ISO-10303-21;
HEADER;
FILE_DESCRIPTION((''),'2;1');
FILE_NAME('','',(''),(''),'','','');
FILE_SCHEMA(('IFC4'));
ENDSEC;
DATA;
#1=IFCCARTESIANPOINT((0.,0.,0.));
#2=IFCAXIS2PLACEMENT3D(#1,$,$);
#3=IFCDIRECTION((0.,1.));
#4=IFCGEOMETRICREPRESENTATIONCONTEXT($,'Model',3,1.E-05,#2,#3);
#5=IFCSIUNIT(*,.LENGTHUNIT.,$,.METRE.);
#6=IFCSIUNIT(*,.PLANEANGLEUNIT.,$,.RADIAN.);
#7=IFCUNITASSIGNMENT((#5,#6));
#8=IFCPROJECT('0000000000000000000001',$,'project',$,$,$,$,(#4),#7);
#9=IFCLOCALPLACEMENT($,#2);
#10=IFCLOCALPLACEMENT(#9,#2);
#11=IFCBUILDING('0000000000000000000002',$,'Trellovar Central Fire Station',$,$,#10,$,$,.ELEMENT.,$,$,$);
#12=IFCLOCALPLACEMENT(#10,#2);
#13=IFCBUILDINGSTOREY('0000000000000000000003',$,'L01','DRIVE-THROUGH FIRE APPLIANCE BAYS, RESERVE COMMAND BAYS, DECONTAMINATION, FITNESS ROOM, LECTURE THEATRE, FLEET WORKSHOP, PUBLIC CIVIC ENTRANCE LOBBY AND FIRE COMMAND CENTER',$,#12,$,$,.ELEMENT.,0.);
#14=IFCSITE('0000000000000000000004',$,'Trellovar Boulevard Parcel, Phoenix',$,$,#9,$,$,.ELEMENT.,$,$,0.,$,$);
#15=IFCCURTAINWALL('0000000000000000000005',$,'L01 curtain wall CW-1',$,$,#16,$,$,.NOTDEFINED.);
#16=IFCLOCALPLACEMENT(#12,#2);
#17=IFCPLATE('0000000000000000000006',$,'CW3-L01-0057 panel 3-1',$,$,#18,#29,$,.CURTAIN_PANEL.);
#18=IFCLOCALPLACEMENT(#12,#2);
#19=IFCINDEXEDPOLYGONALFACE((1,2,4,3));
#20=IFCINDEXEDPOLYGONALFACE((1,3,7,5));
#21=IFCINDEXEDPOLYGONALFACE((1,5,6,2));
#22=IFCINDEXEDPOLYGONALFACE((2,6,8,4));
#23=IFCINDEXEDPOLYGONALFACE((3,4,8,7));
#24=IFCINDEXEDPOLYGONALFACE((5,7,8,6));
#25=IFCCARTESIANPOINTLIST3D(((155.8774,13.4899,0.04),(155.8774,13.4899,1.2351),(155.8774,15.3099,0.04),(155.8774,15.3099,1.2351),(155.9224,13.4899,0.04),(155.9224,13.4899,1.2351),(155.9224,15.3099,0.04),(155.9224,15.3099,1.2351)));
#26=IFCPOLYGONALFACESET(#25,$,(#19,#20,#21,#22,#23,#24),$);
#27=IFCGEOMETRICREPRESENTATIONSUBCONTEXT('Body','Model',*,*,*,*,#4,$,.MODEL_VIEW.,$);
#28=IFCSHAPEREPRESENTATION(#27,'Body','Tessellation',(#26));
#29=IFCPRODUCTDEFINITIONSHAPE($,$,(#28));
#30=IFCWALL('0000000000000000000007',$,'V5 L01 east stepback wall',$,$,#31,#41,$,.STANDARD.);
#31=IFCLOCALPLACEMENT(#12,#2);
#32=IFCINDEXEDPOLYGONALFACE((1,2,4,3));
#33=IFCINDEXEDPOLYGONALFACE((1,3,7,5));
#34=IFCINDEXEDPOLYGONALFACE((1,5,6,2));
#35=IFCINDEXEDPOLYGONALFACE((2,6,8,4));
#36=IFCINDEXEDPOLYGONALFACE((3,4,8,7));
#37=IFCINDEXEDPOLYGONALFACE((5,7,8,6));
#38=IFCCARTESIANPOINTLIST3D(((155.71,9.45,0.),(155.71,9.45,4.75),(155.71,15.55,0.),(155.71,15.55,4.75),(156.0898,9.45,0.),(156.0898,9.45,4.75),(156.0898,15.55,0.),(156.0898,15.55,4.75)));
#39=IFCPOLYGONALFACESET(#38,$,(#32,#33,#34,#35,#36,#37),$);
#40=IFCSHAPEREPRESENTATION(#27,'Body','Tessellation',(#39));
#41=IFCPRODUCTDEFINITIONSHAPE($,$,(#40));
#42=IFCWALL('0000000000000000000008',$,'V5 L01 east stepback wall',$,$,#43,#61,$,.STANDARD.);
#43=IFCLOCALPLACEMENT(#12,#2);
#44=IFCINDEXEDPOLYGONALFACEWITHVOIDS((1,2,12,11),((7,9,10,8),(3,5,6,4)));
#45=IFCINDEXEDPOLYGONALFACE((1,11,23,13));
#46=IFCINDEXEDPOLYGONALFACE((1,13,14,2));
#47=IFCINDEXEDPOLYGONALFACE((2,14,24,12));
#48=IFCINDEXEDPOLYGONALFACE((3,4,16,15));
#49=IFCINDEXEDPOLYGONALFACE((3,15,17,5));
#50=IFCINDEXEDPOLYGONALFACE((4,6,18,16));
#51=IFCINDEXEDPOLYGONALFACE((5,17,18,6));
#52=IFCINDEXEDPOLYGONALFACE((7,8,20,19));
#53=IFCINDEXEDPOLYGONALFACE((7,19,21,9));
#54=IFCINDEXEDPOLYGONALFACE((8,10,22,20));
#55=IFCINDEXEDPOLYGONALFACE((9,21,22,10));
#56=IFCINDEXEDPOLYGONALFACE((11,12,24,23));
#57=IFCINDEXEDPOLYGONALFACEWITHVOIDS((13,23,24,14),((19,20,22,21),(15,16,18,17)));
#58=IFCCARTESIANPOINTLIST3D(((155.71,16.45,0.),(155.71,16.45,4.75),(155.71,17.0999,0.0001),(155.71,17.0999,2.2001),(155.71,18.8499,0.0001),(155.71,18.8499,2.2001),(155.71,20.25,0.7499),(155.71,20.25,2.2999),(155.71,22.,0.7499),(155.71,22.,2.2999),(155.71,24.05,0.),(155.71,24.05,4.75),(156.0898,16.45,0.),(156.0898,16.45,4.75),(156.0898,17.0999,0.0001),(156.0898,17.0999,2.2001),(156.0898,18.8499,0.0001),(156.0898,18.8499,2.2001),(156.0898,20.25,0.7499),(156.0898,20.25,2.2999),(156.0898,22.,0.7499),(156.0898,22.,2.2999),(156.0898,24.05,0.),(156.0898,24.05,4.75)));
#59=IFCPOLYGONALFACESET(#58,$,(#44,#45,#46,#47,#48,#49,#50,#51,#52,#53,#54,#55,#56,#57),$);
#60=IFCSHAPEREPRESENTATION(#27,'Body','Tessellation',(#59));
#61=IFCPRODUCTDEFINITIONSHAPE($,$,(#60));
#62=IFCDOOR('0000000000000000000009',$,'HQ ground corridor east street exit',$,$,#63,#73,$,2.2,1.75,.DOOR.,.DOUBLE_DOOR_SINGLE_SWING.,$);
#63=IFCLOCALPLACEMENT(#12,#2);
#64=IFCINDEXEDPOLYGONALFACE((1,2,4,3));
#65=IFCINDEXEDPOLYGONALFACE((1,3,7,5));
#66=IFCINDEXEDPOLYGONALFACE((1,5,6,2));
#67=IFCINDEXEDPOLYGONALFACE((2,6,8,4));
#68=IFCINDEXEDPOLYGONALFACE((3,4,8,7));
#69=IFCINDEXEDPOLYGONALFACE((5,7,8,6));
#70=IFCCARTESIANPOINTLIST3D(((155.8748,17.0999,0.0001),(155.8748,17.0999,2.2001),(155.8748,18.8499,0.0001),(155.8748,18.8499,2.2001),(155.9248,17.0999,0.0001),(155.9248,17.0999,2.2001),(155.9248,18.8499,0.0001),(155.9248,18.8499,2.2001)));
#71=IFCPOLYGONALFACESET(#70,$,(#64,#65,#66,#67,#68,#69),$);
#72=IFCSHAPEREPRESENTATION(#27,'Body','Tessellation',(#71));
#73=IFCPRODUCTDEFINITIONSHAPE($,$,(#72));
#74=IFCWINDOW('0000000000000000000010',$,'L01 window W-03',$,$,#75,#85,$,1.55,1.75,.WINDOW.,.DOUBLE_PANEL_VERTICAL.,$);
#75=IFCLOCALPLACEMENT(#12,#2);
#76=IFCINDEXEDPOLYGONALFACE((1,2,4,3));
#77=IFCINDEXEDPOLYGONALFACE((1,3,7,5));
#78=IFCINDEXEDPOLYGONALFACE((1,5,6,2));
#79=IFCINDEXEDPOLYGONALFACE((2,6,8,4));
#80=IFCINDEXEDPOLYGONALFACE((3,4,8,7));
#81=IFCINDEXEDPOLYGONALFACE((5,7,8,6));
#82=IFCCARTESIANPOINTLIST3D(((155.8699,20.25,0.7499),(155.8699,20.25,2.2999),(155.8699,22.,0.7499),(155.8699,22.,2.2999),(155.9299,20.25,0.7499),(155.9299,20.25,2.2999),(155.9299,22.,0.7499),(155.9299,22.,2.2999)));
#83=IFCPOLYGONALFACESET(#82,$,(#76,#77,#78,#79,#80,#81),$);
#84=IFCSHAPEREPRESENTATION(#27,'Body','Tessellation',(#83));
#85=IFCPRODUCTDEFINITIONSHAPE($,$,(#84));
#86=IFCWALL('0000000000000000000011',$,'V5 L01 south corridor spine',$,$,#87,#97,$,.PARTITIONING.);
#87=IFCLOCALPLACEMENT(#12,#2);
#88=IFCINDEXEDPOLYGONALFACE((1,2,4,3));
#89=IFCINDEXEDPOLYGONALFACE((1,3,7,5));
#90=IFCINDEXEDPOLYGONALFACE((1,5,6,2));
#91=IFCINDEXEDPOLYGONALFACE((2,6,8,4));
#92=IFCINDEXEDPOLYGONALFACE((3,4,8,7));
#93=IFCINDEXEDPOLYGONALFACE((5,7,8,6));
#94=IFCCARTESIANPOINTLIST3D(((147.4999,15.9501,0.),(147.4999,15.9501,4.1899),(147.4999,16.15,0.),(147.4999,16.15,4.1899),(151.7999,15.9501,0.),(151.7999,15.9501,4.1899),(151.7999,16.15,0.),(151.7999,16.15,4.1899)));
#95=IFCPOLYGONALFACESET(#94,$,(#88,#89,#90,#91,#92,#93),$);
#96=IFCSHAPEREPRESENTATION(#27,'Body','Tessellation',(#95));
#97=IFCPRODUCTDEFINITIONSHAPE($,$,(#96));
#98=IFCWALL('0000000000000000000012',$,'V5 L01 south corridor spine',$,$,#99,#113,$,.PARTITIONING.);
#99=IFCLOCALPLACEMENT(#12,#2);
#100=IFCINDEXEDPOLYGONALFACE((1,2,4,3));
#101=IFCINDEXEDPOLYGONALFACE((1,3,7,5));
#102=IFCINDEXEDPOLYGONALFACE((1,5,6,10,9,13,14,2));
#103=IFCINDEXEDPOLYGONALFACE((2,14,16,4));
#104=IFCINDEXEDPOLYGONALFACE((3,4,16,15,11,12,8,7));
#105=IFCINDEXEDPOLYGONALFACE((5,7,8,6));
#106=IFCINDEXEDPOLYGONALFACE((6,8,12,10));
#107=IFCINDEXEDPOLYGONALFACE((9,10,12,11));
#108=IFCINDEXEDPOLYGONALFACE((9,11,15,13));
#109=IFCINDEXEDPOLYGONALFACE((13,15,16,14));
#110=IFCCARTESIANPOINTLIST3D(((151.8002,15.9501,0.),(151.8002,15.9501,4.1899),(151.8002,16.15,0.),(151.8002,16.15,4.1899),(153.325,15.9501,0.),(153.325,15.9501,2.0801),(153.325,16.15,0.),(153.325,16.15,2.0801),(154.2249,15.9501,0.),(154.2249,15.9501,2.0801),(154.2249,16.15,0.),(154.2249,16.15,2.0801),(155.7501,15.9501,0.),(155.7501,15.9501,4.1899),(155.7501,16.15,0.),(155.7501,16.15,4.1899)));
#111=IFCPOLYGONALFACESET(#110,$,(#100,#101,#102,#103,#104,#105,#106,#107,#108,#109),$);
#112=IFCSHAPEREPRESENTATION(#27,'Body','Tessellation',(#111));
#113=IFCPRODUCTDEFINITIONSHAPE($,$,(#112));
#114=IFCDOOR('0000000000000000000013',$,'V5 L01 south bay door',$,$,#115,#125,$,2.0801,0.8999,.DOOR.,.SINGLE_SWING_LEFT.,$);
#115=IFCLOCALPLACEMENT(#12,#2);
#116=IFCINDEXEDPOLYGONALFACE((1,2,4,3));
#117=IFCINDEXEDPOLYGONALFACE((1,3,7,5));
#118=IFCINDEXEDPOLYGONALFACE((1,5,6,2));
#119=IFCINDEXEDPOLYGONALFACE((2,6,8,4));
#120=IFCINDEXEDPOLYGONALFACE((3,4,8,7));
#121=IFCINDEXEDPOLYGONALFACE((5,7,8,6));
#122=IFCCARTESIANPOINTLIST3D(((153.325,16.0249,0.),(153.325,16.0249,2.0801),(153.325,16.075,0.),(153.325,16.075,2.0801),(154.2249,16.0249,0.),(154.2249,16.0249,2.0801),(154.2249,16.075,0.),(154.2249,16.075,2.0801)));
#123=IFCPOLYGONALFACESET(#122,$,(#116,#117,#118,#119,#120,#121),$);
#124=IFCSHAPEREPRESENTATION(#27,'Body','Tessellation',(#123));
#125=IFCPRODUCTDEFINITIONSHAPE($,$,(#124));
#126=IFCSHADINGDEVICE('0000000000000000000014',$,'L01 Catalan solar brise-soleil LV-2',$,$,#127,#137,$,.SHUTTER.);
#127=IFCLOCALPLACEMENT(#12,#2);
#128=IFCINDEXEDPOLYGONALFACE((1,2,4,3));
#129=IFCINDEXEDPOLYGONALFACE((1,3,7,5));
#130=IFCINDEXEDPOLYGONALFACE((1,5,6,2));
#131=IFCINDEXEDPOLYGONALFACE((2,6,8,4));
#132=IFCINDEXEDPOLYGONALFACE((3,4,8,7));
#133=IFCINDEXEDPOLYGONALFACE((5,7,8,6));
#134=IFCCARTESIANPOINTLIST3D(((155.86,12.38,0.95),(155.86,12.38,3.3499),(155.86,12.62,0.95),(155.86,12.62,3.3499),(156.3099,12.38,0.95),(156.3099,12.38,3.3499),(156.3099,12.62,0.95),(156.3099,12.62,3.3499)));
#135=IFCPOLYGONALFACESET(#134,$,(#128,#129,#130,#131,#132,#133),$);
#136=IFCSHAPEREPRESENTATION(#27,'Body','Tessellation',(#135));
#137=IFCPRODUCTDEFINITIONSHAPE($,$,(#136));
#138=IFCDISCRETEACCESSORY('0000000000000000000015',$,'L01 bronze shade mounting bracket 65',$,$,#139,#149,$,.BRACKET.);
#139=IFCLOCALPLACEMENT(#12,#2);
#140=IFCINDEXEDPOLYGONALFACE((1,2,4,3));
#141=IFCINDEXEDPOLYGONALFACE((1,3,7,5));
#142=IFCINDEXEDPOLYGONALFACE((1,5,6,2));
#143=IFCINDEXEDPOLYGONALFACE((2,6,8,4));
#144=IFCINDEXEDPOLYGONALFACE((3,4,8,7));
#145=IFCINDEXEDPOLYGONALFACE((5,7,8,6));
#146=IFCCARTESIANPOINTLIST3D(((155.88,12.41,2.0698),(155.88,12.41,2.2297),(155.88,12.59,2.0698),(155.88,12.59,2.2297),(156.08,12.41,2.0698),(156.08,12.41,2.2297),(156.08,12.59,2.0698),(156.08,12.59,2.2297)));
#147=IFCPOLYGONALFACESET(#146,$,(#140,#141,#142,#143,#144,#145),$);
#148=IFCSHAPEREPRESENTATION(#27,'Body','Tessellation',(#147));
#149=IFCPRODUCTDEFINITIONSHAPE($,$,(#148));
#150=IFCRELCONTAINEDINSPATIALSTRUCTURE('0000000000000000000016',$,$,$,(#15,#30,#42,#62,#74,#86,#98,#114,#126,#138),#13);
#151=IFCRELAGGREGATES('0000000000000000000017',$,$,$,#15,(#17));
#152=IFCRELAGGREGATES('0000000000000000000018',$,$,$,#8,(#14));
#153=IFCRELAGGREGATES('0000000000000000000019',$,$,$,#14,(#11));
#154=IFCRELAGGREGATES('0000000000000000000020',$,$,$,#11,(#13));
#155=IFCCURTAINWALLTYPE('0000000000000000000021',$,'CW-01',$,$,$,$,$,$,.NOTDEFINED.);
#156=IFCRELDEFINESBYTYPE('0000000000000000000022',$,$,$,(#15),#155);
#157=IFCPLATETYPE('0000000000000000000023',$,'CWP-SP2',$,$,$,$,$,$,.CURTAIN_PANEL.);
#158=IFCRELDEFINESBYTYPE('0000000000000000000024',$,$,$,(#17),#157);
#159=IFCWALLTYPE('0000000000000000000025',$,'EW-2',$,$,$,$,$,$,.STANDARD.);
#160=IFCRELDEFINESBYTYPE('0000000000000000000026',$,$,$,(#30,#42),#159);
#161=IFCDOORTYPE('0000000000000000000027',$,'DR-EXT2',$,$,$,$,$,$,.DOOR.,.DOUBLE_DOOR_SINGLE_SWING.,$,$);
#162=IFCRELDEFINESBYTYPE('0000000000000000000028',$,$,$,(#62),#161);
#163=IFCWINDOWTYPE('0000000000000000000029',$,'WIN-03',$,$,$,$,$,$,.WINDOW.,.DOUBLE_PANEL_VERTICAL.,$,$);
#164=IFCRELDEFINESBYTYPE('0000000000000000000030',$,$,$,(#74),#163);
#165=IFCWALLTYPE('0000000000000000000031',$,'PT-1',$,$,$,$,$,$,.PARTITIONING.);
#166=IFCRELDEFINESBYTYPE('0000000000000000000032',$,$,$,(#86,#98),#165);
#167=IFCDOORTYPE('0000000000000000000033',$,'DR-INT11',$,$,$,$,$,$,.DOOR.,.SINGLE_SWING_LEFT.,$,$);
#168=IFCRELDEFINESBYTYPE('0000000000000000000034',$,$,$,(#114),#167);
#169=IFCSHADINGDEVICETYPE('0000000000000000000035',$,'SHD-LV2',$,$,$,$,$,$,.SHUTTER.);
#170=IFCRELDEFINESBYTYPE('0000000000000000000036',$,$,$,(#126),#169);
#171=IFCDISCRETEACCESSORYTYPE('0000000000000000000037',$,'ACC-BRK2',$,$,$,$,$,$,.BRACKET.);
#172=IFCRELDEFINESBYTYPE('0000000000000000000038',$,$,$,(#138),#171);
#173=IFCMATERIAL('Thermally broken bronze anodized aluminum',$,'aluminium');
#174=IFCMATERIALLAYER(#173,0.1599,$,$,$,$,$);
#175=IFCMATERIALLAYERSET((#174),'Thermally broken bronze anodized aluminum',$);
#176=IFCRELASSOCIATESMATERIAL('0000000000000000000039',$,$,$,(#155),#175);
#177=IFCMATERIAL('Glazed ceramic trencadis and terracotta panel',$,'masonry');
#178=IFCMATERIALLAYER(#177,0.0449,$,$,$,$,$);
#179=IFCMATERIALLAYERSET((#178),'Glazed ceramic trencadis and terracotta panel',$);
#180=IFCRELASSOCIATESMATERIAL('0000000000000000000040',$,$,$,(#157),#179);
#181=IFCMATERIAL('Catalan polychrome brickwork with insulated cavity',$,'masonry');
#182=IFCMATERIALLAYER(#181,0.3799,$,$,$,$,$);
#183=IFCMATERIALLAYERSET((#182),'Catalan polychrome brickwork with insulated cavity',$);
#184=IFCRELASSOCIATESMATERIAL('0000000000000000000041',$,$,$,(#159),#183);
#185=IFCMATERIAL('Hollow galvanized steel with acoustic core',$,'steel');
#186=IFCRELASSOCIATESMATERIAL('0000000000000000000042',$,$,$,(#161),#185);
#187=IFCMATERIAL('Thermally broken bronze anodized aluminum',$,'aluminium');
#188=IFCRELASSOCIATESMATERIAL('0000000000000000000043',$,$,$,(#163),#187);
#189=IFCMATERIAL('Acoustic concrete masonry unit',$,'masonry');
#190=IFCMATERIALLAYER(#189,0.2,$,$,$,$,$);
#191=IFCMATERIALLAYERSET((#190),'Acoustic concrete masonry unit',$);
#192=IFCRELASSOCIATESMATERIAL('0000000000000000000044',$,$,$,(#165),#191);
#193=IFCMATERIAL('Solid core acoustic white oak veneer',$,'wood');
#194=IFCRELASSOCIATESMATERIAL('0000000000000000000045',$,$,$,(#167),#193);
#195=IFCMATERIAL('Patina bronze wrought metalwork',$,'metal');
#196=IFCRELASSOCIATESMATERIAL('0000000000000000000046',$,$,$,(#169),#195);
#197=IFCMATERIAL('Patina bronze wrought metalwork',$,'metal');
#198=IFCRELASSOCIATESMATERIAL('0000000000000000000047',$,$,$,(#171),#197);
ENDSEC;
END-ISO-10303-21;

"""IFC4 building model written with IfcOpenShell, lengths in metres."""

from ifc_helpers import new_model, si_unit, direction, frame, frame_2d, origin, origin_2d, place, context, subcontext, project, spatial, rectangle, extrude, material, layer, layer_set, type_object, element, fill, aggregate, save


model = new_model("IFC4")

# Units and contexts
model_context = context("Model", 3, precision=1e-05, world=origin(), true_north=direction((0.0, 1.0)))
body_context = subcontext(model_context, "Body", "Model", "MODEL_VIEW")
ifc_project = project(units=[si_unit("LENGTHUNIT", "METRE"), si_unit("PLANEANGLEUNIT", "RADIAN")], contexts=[model_context])

# Site, building, storey
site_placement = place(None, origin())
site = spatial("IfcSite", under=ifc_project, at=site_placement, Name="Trellovar Boulevard Parcel, Phoenix", CompositionType="ELEMENT", RefElevation=0.0)
building_placement = place(site_placement, origin())
building = spatial("IfcBuilding", under=site, at=building_placement, Name="Trellovar Central Fire Station", CompositionType="ELEMENT")
storey_placement = place(building_placement, origin())
storey = spatial("IfcBuildingStorey", under=building, at=storey_placement, Name="L01", Description="DRIVE-THROUGH FIRE APPLIANCE BAYS, RESERVE COMMAND BAYS, DECONTAMINATION, FITNESS ROOM, LECTURE THEATRE, FLEET WORKSHOP, PUBLIC CIVIC ENTRANCE LOBBY AND FIRE COMMAND CENTER", CompositionType="ELEMENT", Elevation=0.0)

# Curtain wall, plate
ifc_material_1 = material(Name="Thermally broken bronze anodized aluminum", Category="aluminium")
ifc_layer_1 = layer(ifc_material_1, 0.1599)
ifc_layer_set_1 = layer_set([ifc_layer_1], Name="Thermally broken bronze anodized aluminum")
curtain_wall_type = type_object("IfcCurtainWallType", Name="CW-01", PredefinedType="NOTDEFINED", material=ifc_layer_set_1)
curtain_wall_placement = place(storey_placement, origin())
curtain_wall = element("IfcCurtainWall", 1, at=curtain_wall_placement, inside=storey, type_object=curtain_wall_type, Name="L01 curtain wall CW-1", PredefinedType="NOTDEFINED")
ifc_material_2 = material(Name="Glazed ceramic trencadis and terracotta panel", Category="masonry")
ifc_layer_2 = layer(ifc_material_2, 0.0449)
ifc_layer_set_2 = layer_set([ifc_layer_2], Name="Glazed ceramic trencadis and terracotta panel")
plate_type_1 = type_object("IfcPlateType", Name="CWP-SP2", PredefinedType="CURTAIN_PANEL", material=ifc_layer_set_2)
plate_1_placement = place(storey_placement, frame((155.8999, 14.3999, 0.04), z_axis=(0.0, 0.0, 1.0), x_axis=(0.0, 1.0, 0.0)))
plate_1 = element("IfcPlate", 2, at=plate_1_placement, type_object=plate_type_1, Name="CW3-L01-0057 panel 3-1", PredefinedType="CURTAIN_PANEL", context=body_context, shape_type="SweptSolid", body=[
    extrude(rectangle(XDim=1.8201, YDim=0.0449, at=origin_2d()), origin(), (0.0, 0.0, 1.0), 1.1951),
])
aggregate(curtain_wall, [plate_1])

# Wall
ifc_material_3 = material(Name="Catalan polychrome brickwork with insulated cavity", Category="masonry")
ifc_layer_3 = layer(ifc_material_3, 0.3799)
ifc_layer_set_3 = layer_set([ifc_layer_3], Name="Catalan polychrome brickwork with insulated cavity")
wall_type_1 = type_object("IfcWallType", Name="EW-2", PredefinedType="STANDARD", material=ifc_layer_set_3)
wall_1_placement = place(storey_placement, frame((155.8999, 9.45, 0.0), z_axis=(0.0, 0.0, 1.0), x_axis=(0.0, 1.0, 0.0)))
element("IfcWall", 3, at=wall_1_placement, inside=storey, type_object=wall_type_1, Name="V5 L01 east stepback wall", PredefinedType="STANDARD", context=body_context, shape_type="SweptSolid", body=[
    extrude(rectangle(XDim=6.1001, YDim=0.3799, at=frame_2d((3.05, 0.0))), origin(), (0.0, 0.0, 1.0), 4.75),
])

# Wall, openings, door, window
wall_2_placement = place(storey_placement, frame((155.8999, 16.45, 0.0), z_axis=(0.0, 0.0, 1.0), x_axis=(0.0, 1.0, 0.0)))
wall_2 = element("IfcWall", 4, at=wall_2_placement, inside=storey, type_object=wall_type_1, Name="V5 L01 east stepback wall", PredefinedType="STANDARD", context=body_context, shape_type="SweptSolid", body=[
    extrude(rectangle(XDim=7.6001, YDim=0.3799, at=frame_2d((3.8, 0.0))), origin(), (0.0, 0.0, 1.0), 4.75),
])
opening_1_placement = place(wall_2_placement, frame((0.6499, 0.0, 0.0)))
opening_1 = element("IfcOpeningElement", 5, at=opening_1_placement, cuts=wall_2, PredefinedType="OPENING", context=body_context, shape_type="SweptSolid", body=[
    extrude(rectangle(XDim=1.75, YDim=2.2, at=frame_2d((0.875, 1.1001))), frame((0.0, 0.2, 0.0), z_axis=(0.0, -1.0, 0.0), x_axis=(1.0, 0.0, 0.0)), (0.0, 0.0, 1.0), 0.3999),
])
opening_2_placement = place(wall_2_placement, frame((3.8, 0.0, 0.75)))
opening_2 = element("IfcOpeningElement", 6, at=opening_2_placement, cuts=wall_2, PredefinedType="OPENING", context=body_context, shape_type="SweptSolid", body=[
    extrude(rectangle(XDim=1.75, YDim=1.55, at=frame_2d((0.875, 0.7749))), frame((0.0, 0.2, 0.0), z_axis=(0.0, -1.0, 0.0), x_axis=(1.0, 0.0, 0.0)), (0.0, 0.0, 1.0), 0.3999),
])
ifc_material_4 = material(Name="Hollow galvanized steel with acoustic core", Category="steel")
door_type_1 = type_object("IfcDoorType", Name="DR-EXT2", OperationType="DOUBLE_DOOR_SINGLE_SWING", PredefinedType="DOOR", material=ifc_material_4)
door_1_placement = place(opening_1_placement, frame((1.75, 0.0, 0.0), z_axis=(0.0, 0.0, 1.0), x_axis=(-1.0, 0.0, 0.0)))
door_1 = element("IfcDoor", 7, at=door_1_placement, inside=storey, type_object=door_type_1, Name="HQ ground corridor east street exit", OperationType="DOUBLE_DOOR_SINGLE_SWING", OverallHeight=2.2, OverallWidth=1.75, PredefinedType="DOOR", context=body_context, shape_type="SweptSolid", body=[
    extrude(rectangle(XDim=1.75, YDim=2.2, at=frame_2d((0.875, 1.1001))), frame((0.0, 0.0249, 0.0), z_axis=(0.0, -1.0, 0.0), x_axis=(1.0, 0.0, 0.0)), (0.0, 0.0, 1.0), 0.05),
])
fill(opening_1, door_1)
ifc_material_5 = material(Name="Thermally broken bronze anodized aluminum", Category="aluminium")
window_type = type_object("IfcWindowType", Name="WIN-03", PartitioningType="DOUBLE_PANEL_VERTICAL", PredefinedType="WINDOW", material=ifc_material_5)
window_placement = place(opening_2_placement, origin())
window = element("IfcWindow", 8, at=window_placement, inside=storey, type_object=window_type, Name="L01 window W-03", OverallHeight=1.55, OverallWidth=1.75, PartitioningType="DOUBLE_PANEL_VERTICAL", PredefinedType="WINDOW", context=body_context, shape_type="SweptSolid", body=[
    extrude(rectangle(XDim=1.75, YDim=1.55, at=frame_2d((0.875, 0.7749))), frame((0.0, 0.03, 0.0), z_axis=(0.0, -1.0, 0.0), x_axis=(1.0, 0.0, 0.0)), (0.0, 0.0, 1.0), 0.0601),
])
fill(opening_2, window)

# Wall
ifc_material_6 = material(Name="Acoustic concrete masonry unit", Category="masonry")
ifc_layer_4 = layer(ifc_material_6, 0.2)
ifc_layer_set_4 = layer_set([ifc_layer_4], Name="Acoustic concrete masonry unit")
wall_type_2 = type_object("IfcWallType", Name="PT-1", PredefinedType="PARTITIONING", material=ifc_layer_set_4)
wall_3_placement = place(storey_placement, frame((147.5, 16.05, 0.0), z_axis=(0.0, 0.0, 1.0), x_axis=(1.0, 0.0, 0.0)))
element("IfcWall", 9, at=wall_3_placement, inside=storey, type_object=wall_type_2, Name="V5 L01 south corridor spine", PredefinedType="PARTITIONING", context=body_context, shape_type="SweptSolid", body=[
    extrude(rectangle(XDim=4.3, YDim=0.2, at=frame_2d((2.1499, 0.0))), origin(), (0.0, 0.0, 1.0), 4.1899),
])

# Wall, opening, door
wall_4_placement = place(storey_placement, frame((151.8, 16.05, 0.0), z_axis=(0.0, 0.0, 1.0), x_axis=(1.0, 0.0, 0.0)))
wall_4 = element("IfcWall", 10, at=wall_4_placement, inside=storey, type_object=wall_type_2, Name="V5 L01 south corridor spine", PredefinedType="PARTITIONING", context=body_context, shape_type="SweptSolid", body=[
    extrude(rectangle(XDim=3.95, YDim=0.2, at=frame_2d((1.9751, 0.0))), origin(), (0.0, 0.0, 1.0), 4.1899),
])
opening_3_placement = place(wall_4_placement, frame((1.5249, 0.0, 0.0)))
opening_3 = element("IfcOpeningElement", 11, at=opening_3_placement, cuts=wall_4, PredefinedType="OPENING", context=body_context, shape_type="SweptSolid", body=[
    extrude(rectangle(XDim=0.8999, YDim=2.0801, at=frame_2d((0.45, 1.04))), frame((0.0, 0.1099, 0.0), z_axis=(0.0, -1.0, 0.0), x_axis=(1.0, 0.0, 0.0)), (0.0, 0.0, 1.0), 0.22),
])
ifc_material_7 = material(Name="Solid core acoustic white oak veneer", Category="wood")
door_type_2 = type_object("IfcDoorType", Name="DR-INT11", OperationType="SINGLE_SWING_LEFT", PredefinedType="DOOR", material=ifc_material_7)
door_2_placement = place(opening_3_placement, origin())
door_2 = element("IfcDoor", 12, at=door_2_placement, inside=storey, type_object=door_type_2, Name="V5 L01 south bay door", OperationType="SINGLE_SWING_LEFT", OverallHeight=2.0801, OverallWidth=0.8999, PredefinedType="DOOR", context=body_context, shape_type="SweptSolid", body=[
    extrude(rectangle(XDim=0.8999, YDim=2.0801, at=frame_2d((0.45, 1.04))), frame((0.0, 0.0249, 0.0), z_axis=(0.0, -1.0, 0.0), x_axis=(1.0, 0.0, 0.0)), (0.0, 0.0, 1.0), 0.05),
])
fill(opening_3, door_2)

# Shading device
ifc_material_8 = material(Name="Patina bronze wrought metalwork", Category="metal")
shading_device_type = type_object("IfcShadingDeviceType", Name="SHD-LV2", PredefinedType="SHUTTER", material=ifc_material_8)
shading_device_placement = place(storey_placement, frame((156.085, 12.5, 0.95), z_axis=(0.0, 0.0, 1.0), x_axis=(1.0, 0.0, 0.0)))
element("IfcShadingDevice", 13, at=shading_device_placement, inside=storey, type_object=shading_device_type, Name="L01 Catalan solar brise-soleil LV-2", PredefinedType="SHUTTER", context=body_context, shape_type="SweptSolid", body=[
    extrude(rectangle(XDim=0.45, YDim=0.24, at=origin_2d()), origin(), (0.0, 0.0, 1.0), 2.3999),
])

# Discrete accessory
ifc_material_9 = material(Name="Patina bronze wrought metalwork", Category="metal")
discrete_accessory_type = type_object("IfcDiscreteAccessoryType", Name="ACC-BRK2", PredefinedType="BRACKET", material=ifc_material_9)
discrete_accessory_placement = place(storey_placement, frame((155.98, 12.5, 2.0698), z_axis=(0.0, 0.0, 1.0), x_axis=(1.0, 0.0, 0.0)))
element("IfcDiscreteAccessory", 14, at=discrete_accessory_placement, inside=storey, type_object=discrete_accessory_type, Name="L01 bronze shade mounting bracket 65", PredefinedType="BRACKET", context=body_context, shape_type="SweptSolid", body=[
    extrude(rectangle(XDim=0.2, YDim=0.1799, at=origin_2d()), origin(), (0.0, 0.0, 1.0), 0.1599),
])

save(model, "model.ifc")
